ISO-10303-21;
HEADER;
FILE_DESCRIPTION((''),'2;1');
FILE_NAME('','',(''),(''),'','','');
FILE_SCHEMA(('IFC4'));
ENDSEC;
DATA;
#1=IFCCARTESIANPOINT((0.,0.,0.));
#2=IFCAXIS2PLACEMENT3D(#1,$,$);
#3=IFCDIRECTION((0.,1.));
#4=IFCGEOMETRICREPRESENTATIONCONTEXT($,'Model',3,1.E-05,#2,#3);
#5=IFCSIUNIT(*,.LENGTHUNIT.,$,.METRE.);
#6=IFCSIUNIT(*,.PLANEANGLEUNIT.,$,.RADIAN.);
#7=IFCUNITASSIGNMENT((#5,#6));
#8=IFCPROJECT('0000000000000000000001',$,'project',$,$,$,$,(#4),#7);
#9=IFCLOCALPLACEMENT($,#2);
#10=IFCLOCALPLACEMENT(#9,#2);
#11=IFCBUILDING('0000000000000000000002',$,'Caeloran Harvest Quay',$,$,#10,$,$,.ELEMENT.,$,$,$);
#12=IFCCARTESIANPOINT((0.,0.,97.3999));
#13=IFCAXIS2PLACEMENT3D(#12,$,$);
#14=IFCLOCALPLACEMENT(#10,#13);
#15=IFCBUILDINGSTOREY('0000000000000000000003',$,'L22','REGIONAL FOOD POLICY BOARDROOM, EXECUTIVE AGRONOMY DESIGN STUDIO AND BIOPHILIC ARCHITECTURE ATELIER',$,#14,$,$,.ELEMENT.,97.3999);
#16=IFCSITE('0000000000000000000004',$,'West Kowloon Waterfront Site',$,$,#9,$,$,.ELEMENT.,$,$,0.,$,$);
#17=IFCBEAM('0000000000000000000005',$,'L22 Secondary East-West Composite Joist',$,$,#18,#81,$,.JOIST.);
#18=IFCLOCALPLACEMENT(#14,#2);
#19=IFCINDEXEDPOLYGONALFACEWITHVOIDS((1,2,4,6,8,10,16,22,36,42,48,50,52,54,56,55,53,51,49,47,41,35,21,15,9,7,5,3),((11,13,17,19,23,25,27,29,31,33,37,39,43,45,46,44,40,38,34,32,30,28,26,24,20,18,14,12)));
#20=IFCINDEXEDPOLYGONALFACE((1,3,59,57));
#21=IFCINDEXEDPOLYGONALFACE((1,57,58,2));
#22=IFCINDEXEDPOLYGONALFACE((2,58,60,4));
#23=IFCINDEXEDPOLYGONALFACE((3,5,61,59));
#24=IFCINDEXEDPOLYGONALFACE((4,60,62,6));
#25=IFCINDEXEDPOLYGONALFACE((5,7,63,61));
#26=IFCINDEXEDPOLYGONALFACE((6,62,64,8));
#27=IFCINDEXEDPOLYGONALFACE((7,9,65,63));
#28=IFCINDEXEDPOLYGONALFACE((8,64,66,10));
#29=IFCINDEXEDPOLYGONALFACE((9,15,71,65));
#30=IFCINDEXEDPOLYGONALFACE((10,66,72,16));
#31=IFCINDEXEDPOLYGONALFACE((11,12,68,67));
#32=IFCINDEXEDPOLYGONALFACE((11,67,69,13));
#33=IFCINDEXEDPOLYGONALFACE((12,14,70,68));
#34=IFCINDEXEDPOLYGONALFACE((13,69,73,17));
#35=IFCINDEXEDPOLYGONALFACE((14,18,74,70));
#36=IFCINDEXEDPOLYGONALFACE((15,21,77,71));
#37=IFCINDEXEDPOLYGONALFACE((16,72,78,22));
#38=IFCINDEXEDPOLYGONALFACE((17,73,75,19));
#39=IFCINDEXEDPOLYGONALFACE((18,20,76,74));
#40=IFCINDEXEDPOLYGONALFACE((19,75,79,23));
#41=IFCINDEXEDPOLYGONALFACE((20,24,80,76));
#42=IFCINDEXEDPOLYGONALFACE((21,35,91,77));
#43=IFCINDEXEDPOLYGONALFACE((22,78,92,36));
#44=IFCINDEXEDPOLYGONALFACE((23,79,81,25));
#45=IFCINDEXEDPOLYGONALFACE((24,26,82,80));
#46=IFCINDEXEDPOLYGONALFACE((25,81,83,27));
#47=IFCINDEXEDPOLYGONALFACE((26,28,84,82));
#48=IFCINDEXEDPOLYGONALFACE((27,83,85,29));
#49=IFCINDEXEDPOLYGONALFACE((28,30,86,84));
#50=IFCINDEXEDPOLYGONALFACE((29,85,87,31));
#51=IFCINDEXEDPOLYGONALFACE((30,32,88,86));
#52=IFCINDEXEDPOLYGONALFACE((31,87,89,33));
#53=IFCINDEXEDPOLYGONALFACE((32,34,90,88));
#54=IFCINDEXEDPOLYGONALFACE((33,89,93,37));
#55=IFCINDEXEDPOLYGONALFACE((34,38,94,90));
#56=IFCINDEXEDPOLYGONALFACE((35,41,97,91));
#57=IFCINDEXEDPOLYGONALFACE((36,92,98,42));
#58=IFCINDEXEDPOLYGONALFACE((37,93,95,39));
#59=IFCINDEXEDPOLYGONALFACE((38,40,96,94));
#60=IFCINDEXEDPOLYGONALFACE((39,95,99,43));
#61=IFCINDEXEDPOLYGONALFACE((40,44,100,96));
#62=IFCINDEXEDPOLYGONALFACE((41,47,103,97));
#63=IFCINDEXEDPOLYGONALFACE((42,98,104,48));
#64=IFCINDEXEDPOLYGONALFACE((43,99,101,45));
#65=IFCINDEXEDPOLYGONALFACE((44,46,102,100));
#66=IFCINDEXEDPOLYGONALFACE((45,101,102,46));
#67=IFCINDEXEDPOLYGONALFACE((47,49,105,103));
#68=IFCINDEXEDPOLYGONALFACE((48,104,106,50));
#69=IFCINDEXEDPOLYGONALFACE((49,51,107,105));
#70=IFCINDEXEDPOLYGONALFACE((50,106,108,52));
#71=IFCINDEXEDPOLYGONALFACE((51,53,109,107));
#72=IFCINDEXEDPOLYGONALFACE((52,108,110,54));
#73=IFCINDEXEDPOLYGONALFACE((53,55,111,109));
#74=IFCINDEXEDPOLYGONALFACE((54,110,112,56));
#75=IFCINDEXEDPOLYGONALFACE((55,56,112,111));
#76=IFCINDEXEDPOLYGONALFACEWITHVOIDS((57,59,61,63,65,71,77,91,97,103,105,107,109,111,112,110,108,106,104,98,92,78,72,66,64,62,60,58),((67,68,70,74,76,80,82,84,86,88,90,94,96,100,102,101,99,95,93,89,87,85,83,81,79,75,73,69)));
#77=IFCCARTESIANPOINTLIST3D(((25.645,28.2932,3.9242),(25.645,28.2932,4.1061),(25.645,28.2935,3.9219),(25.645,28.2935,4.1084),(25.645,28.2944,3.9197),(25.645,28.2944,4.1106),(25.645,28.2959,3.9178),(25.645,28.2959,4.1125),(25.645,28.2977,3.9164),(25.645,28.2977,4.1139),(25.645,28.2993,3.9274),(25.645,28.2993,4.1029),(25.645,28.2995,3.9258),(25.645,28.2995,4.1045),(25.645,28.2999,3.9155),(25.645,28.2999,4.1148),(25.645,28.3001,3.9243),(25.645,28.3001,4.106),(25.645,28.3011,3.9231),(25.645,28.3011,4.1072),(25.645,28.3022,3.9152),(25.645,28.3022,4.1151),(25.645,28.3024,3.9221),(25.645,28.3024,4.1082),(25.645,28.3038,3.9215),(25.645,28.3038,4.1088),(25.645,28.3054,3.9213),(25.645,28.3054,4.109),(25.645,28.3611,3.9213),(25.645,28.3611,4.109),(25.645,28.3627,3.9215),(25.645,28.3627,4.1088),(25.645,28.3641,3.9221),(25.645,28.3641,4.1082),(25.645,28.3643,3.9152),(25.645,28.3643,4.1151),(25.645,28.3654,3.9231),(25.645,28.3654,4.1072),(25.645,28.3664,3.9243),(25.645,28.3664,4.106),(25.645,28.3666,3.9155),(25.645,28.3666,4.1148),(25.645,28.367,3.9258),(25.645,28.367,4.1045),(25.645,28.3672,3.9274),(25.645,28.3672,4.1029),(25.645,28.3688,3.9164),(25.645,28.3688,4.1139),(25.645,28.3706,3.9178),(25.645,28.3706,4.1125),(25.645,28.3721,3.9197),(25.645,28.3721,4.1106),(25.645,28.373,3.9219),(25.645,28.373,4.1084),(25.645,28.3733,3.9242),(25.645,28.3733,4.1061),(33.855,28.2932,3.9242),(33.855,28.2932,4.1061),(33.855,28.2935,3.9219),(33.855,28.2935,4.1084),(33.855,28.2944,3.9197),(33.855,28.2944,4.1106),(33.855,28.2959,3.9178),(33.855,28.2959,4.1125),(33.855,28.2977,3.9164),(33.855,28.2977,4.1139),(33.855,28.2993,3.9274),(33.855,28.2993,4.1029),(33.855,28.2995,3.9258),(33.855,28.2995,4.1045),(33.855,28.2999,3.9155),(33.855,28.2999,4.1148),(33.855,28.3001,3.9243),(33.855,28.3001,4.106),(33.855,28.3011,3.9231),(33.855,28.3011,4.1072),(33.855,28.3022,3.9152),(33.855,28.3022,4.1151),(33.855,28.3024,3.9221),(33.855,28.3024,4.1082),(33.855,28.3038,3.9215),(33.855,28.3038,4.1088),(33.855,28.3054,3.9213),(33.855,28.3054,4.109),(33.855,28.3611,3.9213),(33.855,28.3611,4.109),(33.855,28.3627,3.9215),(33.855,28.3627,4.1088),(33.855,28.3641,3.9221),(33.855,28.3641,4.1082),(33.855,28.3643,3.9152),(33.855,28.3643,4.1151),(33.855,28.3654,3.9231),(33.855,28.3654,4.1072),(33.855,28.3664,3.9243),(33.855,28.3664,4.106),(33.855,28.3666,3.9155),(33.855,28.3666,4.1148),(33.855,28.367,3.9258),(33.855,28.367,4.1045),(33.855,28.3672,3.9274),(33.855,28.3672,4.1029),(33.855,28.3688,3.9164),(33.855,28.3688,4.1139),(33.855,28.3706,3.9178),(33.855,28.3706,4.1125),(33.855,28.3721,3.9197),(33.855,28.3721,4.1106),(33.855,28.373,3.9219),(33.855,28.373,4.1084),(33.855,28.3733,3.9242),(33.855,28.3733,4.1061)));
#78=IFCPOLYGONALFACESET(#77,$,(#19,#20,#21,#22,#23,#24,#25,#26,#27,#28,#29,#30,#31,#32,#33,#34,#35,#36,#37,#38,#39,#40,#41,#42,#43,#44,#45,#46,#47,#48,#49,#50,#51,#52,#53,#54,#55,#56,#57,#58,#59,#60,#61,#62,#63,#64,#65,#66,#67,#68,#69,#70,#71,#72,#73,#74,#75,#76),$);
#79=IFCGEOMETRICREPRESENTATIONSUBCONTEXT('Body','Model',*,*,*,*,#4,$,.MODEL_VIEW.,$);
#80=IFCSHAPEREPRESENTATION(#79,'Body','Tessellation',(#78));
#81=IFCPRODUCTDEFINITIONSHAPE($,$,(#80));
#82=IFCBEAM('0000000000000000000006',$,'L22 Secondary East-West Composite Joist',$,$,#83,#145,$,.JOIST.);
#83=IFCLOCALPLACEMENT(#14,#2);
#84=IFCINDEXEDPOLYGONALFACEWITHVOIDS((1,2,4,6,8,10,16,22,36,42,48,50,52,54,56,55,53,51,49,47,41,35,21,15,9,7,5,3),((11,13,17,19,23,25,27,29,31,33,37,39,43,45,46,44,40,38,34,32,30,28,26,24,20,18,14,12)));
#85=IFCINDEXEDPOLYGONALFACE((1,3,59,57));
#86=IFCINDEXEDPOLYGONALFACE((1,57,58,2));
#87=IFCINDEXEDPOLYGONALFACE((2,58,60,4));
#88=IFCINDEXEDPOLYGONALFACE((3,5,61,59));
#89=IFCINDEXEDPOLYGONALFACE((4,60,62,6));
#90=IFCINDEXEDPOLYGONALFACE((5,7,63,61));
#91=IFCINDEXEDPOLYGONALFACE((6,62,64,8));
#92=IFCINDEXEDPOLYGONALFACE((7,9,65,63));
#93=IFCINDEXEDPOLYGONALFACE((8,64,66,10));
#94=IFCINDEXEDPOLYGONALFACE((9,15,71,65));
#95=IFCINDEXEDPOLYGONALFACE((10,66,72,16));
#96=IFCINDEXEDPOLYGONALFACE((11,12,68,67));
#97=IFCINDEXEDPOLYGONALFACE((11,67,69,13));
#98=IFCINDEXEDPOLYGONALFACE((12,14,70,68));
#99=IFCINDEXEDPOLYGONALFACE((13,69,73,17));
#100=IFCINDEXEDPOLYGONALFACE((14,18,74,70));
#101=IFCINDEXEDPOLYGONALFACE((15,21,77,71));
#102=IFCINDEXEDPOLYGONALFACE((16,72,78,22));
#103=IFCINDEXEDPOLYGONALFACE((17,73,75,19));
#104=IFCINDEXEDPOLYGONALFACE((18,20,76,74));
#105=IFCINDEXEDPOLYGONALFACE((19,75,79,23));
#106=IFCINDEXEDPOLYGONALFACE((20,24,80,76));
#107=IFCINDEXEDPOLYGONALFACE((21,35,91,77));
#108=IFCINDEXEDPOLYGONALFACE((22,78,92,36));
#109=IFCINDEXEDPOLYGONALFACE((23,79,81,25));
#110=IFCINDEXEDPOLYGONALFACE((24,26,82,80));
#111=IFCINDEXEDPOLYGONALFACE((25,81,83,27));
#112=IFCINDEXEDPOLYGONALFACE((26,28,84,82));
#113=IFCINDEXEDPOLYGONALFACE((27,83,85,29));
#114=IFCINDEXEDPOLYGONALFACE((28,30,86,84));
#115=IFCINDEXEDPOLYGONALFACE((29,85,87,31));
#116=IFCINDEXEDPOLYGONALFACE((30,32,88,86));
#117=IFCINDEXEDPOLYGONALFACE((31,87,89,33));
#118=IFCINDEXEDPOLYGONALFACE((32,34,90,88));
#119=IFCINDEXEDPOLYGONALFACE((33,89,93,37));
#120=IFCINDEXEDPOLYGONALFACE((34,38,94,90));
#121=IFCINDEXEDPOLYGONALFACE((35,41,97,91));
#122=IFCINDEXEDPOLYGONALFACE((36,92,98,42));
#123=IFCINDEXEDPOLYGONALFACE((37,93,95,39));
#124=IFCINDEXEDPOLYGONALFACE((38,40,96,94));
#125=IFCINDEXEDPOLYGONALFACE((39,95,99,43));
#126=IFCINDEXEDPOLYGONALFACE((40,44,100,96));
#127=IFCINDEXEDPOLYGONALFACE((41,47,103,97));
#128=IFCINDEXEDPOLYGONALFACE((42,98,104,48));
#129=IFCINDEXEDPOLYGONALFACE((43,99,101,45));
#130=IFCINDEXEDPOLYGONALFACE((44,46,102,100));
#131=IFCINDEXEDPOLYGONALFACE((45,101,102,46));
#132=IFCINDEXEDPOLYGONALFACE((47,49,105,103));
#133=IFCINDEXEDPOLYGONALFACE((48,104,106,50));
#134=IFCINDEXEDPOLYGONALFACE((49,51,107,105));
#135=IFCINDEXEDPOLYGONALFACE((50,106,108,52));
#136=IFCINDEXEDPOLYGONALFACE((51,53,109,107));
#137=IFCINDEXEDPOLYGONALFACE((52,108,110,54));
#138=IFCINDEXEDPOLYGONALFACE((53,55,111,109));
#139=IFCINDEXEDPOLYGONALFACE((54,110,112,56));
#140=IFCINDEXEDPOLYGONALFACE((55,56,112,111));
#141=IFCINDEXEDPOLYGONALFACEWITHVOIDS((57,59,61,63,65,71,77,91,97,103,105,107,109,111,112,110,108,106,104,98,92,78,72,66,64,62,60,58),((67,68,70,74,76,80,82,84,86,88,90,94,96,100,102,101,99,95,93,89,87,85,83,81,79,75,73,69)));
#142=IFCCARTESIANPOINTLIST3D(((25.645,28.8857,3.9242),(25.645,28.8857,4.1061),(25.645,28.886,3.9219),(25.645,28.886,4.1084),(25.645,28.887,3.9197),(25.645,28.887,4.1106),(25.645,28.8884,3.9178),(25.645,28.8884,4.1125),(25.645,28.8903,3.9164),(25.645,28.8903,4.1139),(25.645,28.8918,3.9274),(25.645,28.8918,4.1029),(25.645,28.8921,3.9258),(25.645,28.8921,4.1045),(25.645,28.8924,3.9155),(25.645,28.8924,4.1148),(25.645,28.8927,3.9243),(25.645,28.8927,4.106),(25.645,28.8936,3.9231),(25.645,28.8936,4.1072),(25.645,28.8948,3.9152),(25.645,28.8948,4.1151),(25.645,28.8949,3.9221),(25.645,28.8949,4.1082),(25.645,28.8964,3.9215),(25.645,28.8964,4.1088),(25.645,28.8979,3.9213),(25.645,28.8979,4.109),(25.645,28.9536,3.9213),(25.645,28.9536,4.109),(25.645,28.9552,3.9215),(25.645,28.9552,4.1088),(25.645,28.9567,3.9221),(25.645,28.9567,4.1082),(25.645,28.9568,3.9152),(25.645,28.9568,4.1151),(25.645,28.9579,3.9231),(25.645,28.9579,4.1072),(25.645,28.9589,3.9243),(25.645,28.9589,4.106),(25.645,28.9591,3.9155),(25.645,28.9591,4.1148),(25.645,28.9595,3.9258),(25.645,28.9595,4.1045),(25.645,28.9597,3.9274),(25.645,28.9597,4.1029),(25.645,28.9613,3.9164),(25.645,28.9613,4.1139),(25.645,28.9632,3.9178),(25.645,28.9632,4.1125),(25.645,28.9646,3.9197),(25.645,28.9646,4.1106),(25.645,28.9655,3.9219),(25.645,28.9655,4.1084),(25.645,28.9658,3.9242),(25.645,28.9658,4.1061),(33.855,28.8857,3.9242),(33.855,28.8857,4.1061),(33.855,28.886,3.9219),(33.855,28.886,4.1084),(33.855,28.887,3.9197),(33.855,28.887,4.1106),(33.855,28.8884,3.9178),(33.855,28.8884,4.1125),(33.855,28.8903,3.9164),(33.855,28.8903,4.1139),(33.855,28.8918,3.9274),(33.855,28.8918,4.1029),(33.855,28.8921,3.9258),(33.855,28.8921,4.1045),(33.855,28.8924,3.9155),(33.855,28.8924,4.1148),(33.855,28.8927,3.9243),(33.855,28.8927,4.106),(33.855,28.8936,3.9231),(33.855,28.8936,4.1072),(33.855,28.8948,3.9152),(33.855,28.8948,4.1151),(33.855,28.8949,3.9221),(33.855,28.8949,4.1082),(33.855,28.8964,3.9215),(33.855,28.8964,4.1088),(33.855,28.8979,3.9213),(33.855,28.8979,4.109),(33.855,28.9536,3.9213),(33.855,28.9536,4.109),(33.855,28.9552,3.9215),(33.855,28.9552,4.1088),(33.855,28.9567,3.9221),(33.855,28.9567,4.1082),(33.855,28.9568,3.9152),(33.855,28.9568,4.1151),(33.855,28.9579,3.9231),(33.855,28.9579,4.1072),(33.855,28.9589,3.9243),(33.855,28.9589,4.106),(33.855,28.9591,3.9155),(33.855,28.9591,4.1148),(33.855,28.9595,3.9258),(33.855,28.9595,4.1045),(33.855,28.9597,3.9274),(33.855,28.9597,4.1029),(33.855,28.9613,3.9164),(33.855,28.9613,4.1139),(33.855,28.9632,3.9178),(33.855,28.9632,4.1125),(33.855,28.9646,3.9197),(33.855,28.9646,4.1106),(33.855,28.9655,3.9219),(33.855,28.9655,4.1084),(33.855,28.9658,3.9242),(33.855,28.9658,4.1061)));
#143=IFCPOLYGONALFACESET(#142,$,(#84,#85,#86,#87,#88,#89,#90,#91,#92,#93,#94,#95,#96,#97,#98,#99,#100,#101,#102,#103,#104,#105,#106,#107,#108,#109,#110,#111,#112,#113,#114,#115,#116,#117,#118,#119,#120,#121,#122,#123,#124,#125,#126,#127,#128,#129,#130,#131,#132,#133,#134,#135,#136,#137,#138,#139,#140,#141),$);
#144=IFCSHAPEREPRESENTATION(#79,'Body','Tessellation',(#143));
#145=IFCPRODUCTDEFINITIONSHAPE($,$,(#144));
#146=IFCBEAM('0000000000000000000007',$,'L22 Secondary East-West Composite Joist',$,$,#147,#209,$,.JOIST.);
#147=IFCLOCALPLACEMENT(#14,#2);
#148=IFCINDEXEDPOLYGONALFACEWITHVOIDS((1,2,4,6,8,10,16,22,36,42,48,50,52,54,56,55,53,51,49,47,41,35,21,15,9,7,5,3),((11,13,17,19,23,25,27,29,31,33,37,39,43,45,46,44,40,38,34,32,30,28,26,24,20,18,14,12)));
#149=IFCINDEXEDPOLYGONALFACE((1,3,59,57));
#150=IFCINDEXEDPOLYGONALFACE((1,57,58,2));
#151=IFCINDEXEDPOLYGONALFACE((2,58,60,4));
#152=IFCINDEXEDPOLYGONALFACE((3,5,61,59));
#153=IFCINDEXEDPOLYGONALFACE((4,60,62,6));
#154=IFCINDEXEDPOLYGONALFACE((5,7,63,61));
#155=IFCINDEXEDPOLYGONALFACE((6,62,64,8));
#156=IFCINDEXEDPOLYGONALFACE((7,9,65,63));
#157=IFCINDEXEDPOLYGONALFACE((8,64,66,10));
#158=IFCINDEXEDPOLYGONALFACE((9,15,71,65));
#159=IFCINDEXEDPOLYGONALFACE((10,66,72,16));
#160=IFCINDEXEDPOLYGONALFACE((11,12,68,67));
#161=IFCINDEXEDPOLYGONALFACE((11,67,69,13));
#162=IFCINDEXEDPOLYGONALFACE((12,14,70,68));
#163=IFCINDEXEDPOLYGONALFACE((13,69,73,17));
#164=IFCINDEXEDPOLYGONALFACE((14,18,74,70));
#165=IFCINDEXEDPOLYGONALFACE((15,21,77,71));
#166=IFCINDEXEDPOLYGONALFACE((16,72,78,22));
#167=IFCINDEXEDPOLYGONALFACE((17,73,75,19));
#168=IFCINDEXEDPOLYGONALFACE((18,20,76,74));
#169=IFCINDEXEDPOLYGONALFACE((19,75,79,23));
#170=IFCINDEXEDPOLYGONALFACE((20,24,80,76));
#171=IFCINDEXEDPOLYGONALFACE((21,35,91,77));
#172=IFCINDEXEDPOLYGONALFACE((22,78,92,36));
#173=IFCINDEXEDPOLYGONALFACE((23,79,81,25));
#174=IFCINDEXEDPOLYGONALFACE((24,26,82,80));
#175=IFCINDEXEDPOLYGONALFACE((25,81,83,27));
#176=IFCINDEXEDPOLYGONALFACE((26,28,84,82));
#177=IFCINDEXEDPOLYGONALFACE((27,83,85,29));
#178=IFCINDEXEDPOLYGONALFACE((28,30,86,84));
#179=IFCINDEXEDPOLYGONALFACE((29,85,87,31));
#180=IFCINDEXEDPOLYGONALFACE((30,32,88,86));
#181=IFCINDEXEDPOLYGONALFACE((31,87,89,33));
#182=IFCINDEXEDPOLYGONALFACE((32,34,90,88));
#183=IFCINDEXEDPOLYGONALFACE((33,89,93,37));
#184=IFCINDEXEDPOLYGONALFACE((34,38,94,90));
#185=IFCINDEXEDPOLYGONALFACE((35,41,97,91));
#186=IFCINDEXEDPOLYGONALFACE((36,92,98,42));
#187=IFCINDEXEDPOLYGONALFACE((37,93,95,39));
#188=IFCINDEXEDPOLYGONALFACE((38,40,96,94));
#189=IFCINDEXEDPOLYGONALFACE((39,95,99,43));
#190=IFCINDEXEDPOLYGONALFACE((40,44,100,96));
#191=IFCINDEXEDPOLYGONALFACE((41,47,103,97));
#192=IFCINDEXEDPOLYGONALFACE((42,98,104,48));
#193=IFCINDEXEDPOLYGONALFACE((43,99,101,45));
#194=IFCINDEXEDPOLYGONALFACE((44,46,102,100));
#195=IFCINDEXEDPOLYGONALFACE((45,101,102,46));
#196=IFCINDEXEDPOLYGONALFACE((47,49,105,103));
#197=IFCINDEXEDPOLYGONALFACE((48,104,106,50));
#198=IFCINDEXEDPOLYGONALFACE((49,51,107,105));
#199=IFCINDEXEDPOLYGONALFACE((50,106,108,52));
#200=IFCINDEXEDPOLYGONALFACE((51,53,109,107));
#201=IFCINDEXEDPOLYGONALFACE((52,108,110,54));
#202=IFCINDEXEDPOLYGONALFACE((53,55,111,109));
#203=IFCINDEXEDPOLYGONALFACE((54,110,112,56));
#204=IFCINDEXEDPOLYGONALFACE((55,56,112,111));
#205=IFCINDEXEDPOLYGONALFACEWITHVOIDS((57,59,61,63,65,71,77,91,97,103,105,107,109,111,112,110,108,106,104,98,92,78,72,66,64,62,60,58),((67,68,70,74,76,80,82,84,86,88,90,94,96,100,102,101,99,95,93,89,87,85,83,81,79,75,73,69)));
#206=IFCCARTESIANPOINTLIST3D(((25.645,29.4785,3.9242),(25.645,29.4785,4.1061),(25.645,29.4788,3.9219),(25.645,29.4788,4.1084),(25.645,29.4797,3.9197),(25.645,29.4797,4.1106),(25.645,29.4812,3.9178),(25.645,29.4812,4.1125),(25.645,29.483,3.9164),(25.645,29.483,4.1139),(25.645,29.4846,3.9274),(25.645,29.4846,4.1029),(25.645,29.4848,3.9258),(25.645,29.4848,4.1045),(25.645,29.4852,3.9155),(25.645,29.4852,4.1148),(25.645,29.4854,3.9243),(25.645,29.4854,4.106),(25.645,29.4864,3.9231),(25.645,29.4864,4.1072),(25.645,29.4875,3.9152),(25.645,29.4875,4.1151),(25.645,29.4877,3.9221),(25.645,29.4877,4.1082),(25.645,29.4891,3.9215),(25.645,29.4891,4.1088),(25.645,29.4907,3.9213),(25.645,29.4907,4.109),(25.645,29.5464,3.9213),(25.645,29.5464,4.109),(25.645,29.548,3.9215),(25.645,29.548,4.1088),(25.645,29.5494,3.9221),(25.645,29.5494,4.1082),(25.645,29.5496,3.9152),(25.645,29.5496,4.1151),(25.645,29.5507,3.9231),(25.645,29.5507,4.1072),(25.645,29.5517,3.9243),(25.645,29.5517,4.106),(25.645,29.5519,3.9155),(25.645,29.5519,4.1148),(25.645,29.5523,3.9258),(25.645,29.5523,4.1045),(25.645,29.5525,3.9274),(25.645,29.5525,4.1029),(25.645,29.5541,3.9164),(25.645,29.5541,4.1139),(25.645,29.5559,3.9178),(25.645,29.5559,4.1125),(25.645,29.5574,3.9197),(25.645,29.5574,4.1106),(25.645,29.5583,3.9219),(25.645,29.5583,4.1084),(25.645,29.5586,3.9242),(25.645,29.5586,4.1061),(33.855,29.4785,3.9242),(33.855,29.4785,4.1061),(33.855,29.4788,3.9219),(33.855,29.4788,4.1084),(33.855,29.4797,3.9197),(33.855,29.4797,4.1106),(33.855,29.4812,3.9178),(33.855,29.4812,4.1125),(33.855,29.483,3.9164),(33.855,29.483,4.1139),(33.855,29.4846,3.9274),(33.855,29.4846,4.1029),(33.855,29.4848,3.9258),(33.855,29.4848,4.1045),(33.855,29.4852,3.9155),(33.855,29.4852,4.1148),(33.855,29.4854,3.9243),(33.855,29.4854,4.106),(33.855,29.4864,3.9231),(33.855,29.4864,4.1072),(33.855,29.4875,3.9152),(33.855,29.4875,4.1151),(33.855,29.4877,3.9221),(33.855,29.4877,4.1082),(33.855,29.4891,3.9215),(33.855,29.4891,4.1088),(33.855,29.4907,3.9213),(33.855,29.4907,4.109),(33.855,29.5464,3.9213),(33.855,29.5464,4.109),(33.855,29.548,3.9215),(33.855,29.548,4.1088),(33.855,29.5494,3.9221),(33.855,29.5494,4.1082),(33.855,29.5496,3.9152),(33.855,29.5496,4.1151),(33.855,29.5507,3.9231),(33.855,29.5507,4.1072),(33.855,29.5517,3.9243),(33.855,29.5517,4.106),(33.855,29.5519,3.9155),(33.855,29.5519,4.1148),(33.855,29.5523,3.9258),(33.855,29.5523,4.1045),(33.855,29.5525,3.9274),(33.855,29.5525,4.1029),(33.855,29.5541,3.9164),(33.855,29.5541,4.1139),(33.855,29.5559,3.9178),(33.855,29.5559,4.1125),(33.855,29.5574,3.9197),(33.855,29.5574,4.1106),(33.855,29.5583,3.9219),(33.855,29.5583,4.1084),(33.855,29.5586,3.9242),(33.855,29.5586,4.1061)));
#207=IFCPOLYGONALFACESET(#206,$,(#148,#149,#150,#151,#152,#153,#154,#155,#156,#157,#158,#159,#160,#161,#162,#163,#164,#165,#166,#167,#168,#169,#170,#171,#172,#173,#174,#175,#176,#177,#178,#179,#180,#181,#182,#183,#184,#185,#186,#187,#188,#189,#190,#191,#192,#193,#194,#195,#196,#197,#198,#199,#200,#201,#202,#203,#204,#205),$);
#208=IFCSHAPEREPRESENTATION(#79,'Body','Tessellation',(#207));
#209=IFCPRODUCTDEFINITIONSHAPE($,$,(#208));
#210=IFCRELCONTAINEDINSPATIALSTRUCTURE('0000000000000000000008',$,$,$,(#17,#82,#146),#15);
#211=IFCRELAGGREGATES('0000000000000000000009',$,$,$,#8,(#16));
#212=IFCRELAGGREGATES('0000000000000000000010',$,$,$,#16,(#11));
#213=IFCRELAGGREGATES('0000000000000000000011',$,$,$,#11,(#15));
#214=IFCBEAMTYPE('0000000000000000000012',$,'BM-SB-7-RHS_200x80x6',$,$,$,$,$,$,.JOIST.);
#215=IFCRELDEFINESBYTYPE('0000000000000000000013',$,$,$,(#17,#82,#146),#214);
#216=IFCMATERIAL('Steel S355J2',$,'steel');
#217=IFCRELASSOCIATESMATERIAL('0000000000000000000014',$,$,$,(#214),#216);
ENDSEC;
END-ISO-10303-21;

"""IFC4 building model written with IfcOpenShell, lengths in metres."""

from ifc_helpers import new_model, si_unit, direction, frame, origin, origin_2d, place, context, subcontext, project, spatial, hollow_rectangle, extrude, material, material_profile, profile_set, type_object, element, save


model = new_model("IFC4")

# Units and contexts
model_context = context("Model", 3, precision=1e-05, world=origin(), true_north=direction((0.0, 1.0)))
body_context = subcontext(model_context, "Body", "Model", "MODEL_VIEW")
ifc_project = project(units=[si_unit("LENGTHUNIT", "METRE"), si_unit("PLANEANGLEUNIT", "RADIAN")], contexts=[model_context])

# Site, building, storey
site_placement = place(None, origin())
site = spatial("IfcSite", under=ifc_project, at=site_placement, Name="West Kowloon Waterfront Site", CompositionType="ELEMENT", RefElevation=0.0)
building_placement = place(site_placement, origin())
building = spatial("IfcBuilding", under=site, at=building_placement, Name="Caeloran Harvest Quay", CompositionType="ELEMENT")
storey_placement = place(building_placement, frame((0.0, 0.0, 97.3999)))
storey = spatial("IfcBuildingStorey", under=building, at=storey_placement, Name="L22", Description="REGIONAL FOOD POLICY BOARDROOM, EXECUTIVE AGRONOMY DESIGN STUDIO AND BIOPHILIC ARCHITECTURE ATELIER", CompositionType="ELEMENT", Elevation=97.3999)

# Beams
ifc_material_1 = material(Name="Steel S355J2", Category="steel")
ifc_material_profile_1 = material_profile(ifc_material_1, hollow_rectangle(XDim=0.0801, YDim=0.2, WallThickness=0.0061, InnerFilletRadius=0.0061, OuterFilletRadius=0.009, at=origin_2d()), Name="RHS 200x80x6")
ifc_profile_set_1 = profile_set([ifc_material_profile_1], Name="Steel S355J2")
beam_type_1 = type_object("IfcBeamType", Name="BM-SB-7-RHS_200x80x6", PredefinedType="JOIST", material=ifc_profile_set_1)
for number, where, z_axis, x_axis, name in (
    (1, (25.645, 28.3333, 4.0151), (1.0, 0.0, 0.0), (0.0, 1.0, 0.0), "L22 Secondary East-West Composite Joist"),
    (2, (25.645, 28.9258, 4.0151), (1.0, 0.0, 0.0), (0.0, 1.0, 0.0), "L22 Secondary East-West Composite Joist"),
    (3, (25.645, 29.5186, 4.0151), (1.0, 0.0, 0.0), (0.0, 1.0, 0.0), "L22 Secondary East-West Composite Joist"),
):
    element("IfcBeam", number, at=place(storey_placement, frame(where, z_axis=z_axis, x_axis=x_axis)), inside=storey, type_object=beam_type_1, Name=name, PredefinedType="JOIST", context=body_context, shape_type="SweptSolid", body=[
        extrude(hollow_rectangle(XDim=0.0801, YDim=0.2, WallThickness=0.0061, InnerFilletRadius=0.0061, OuterFilletRadius=0.009, at=origin_2d()), origin(), (0.0, 0.0, 1.0), 8.21),
    ])

save(model, "model.ifc")
